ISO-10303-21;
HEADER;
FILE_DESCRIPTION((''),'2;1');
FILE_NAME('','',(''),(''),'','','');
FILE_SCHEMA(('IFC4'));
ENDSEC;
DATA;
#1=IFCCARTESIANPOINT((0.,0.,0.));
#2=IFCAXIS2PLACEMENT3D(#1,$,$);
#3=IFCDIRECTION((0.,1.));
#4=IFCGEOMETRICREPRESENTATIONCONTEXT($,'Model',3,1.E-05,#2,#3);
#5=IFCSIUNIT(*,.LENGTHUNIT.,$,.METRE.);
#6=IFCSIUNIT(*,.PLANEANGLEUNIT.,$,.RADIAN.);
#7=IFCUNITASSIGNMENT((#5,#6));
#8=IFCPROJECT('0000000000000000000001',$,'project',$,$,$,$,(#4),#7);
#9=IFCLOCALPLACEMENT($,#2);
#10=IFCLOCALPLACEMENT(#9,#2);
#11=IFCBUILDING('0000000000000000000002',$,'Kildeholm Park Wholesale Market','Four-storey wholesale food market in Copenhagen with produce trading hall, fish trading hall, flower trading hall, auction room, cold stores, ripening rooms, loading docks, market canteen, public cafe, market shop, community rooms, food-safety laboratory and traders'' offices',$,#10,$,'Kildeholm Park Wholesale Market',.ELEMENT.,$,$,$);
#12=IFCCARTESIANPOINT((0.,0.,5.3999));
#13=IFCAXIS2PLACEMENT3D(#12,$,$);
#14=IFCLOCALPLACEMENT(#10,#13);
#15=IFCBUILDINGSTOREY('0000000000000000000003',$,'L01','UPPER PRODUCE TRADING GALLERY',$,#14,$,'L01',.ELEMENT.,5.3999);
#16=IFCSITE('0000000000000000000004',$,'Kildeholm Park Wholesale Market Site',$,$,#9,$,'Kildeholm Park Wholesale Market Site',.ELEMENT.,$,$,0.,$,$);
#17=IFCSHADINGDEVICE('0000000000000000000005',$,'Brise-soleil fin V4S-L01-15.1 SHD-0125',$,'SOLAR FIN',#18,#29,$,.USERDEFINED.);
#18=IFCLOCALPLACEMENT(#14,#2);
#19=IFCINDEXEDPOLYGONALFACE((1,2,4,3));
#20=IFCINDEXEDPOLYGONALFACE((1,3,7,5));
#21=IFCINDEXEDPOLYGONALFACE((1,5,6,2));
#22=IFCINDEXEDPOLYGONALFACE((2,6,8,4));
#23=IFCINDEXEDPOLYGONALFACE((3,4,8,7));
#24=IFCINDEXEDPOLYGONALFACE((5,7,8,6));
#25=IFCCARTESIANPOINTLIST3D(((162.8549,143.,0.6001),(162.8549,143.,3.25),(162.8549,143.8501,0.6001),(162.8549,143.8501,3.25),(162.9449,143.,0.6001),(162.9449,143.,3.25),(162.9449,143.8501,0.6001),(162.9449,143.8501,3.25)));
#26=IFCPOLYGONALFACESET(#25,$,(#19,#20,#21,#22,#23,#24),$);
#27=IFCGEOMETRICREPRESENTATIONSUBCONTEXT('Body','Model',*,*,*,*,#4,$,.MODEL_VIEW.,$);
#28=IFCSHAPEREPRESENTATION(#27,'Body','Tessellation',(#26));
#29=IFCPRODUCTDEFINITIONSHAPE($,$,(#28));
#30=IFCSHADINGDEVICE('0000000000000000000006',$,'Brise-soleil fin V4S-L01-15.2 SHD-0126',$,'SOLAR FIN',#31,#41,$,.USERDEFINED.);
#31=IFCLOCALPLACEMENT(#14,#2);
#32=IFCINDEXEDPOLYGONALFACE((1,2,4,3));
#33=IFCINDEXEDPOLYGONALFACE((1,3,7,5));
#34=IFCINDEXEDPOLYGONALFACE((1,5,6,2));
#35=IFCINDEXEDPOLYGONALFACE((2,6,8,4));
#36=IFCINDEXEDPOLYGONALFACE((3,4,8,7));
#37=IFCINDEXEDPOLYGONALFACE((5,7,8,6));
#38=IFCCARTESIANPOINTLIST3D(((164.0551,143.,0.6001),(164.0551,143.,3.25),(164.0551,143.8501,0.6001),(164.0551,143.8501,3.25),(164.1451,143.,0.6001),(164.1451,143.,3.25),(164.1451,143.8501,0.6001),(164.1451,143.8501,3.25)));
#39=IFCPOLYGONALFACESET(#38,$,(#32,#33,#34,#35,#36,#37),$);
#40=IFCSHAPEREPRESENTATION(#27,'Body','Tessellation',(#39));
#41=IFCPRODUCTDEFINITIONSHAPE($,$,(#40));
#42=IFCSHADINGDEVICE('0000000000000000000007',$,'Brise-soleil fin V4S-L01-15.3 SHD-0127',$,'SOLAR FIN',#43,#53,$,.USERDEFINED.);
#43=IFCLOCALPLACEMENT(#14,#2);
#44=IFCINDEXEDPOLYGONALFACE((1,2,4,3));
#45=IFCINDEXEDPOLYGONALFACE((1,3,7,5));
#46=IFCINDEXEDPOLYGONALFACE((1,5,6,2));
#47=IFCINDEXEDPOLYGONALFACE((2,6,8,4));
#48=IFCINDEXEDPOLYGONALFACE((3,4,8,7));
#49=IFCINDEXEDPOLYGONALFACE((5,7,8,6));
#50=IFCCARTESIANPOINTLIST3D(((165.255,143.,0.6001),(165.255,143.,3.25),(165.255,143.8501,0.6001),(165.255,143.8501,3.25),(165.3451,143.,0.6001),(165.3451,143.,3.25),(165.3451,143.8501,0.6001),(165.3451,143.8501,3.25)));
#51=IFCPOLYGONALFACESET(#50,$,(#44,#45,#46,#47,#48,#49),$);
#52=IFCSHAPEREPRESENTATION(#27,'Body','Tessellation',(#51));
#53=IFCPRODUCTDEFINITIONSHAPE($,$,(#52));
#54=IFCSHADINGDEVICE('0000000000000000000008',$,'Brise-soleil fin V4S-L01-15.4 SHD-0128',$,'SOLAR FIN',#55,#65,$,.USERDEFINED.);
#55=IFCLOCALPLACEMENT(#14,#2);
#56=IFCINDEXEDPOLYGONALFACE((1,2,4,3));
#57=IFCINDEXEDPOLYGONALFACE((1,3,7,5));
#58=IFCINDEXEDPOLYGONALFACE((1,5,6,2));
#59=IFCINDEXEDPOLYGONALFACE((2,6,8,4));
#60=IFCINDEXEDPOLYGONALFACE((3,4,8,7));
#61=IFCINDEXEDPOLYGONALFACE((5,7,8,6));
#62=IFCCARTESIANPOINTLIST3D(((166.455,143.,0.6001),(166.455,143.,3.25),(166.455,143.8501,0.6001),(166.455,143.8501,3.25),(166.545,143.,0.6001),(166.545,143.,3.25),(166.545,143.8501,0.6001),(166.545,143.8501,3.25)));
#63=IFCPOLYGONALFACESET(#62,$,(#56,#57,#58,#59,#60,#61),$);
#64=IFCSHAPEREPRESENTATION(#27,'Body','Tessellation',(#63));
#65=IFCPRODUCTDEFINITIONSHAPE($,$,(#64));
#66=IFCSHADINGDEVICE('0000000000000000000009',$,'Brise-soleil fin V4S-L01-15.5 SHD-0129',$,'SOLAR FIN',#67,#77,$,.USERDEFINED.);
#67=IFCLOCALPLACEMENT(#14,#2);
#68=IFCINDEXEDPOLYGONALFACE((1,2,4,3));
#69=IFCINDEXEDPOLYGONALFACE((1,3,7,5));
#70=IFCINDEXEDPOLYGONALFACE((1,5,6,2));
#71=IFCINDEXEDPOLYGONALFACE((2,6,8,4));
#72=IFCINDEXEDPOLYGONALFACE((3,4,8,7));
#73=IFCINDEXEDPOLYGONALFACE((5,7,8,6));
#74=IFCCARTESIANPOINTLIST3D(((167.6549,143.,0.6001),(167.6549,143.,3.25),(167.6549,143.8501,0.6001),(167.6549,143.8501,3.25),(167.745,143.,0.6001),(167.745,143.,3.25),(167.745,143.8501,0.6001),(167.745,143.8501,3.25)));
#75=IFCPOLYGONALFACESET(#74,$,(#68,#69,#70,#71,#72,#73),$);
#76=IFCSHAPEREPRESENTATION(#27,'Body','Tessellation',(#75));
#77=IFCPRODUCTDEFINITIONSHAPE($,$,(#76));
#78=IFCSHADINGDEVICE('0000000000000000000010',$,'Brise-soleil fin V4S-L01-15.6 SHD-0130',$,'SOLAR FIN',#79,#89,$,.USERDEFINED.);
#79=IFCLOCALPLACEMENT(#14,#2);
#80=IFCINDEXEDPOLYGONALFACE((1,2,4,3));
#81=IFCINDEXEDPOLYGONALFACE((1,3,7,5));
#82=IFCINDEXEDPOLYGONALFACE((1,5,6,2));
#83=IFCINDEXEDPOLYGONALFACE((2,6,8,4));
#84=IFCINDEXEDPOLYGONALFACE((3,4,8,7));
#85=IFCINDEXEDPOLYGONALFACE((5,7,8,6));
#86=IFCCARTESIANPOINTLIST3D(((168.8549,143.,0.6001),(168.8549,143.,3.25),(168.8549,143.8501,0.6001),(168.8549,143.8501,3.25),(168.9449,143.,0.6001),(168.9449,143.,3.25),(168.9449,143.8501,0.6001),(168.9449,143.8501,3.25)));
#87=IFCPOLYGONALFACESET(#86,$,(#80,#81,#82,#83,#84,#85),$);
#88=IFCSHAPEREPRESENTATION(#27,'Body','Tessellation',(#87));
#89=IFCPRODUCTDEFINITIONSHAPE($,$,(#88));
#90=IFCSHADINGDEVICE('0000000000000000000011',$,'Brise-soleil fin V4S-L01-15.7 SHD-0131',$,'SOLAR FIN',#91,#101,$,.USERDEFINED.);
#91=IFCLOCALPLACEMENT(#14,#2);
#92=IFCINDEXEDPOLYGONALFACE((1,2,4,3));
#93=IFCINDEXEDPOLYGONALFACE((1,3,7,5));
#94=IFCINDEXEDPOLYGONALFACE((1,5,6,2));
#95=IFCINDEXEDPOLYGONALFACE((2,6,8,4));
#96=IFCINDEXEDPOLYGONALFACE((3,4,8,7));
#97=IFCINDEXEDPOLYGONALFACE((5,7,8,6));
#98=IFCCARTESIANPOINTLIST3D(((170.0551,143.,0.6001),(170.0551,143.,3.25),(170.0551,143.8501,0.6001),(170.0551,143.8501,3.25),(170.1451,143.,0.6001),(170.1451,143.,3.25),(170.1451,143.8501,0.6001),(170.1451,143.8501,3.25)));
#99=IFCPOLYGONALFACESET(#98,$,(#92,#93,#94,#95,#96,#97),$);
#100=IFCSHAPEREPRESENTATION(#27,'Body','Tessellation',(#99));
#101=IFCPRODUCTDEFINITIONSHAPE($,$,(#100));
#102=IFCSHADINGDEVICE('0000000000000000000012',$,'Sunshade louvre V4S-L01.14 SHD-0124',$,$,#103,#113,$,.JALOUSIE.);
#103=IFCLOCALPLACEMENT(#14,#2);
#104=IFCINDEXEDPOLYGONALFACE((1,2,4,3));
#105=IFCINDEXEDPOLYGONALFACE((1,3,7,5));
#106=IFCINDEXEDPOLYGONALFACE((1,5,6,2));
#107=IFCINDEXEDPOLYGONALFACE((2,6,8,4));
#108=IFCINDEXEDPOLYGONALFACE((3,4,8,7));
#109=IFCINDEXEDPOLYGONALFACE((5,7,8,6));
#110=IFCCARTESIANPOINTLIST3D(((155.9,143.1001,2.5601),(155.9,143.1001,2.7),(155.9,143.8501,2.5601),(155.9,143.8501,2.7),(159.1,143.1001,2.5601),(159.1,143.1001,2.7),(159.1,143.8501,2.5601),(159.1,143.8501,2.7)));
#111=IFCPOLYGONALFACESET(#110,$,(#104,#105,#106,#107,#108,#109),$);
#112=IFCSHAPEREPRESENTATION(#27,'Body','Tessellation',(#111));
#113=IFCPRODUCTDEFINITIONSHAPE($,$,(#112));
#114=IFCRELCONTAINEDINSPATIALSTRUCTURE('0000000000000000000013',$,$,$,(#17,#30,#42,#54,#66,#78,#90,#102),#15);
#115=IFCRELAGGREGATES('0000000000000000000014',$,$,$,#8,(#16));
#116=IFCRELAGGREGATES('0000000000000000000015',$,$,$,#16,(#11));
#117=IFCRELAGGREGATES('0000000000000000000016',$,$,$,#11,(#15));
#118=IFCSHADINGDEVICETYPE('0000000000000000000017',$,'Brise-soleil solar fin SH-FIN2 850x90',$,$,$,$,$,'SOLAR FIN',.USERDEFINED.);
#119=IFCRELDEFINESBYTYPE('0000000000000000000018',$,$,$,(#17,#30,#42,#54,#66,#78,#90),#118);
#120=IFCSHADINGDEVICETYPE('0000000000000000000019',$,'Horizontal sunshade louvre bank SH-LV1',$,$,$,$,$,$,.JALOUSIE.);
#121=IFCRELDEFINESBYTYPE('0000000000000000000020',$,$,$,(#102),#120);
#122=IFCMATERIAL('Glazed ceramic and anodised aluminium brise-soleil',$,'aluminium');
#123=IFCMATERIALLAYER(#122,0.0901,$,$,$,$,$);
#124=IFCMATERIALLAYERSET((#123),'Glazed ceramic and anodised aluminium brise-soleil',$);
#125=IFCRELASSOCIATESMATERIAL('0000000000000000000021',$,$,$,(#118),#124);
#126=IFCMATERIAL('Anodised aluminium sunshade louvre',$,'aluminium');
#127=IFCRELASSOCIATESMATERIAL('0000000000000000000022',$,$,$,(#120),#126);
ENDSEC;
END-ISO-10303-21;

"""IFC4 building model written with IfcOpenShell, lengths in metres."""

from ifc_helpers import new_model, si_unit, direction, frame, origin, origin_2d, place, context, subcontext, project, spatial, rectangle, extrude, material, layer, layer_set, type_object, element, save


model = new_model("IFC4")

# Units and contexts
model_context = context("Model", 3, precision=1e-05, world=origin(), true_north=direction((0.0, 1.0)))
body_context = subcontext(model_context, "Body", "Model", "MODEL_VIEW")
ifc_project = project(units=[si_unit("LENGTHUNIT", "METRE"), si_unit("PLANEANGLEUNIT", "RADIAN")], contexts=[model_context])

# Site, building, storey
site_placement = place(None, origin())
site = spatial("IfcSite", under=ifc_project, at=site_placement, Name="Kildeholm Park Wholesale Market Site", LongName="Kildeholm Park Wholesale Market Site", CompositionType="ELEMENT", RefElevation=0.0)
building_placement = place(site_placement, origin())
building = spatial("IfcBuilding", under=site, at=building_placement, Name="Kildeholm Park Wholesale Market", Description="Four-storey wholesale food market in Copenhagen with produce trading hall, fish trading hall, flower trading hall, auction room, cold stores, ripening rooms, loading docks, market canteen, public cafe, market shop, community rooms, food-safety laboratory and traders' offices", LongName="Kildeholm Park Wholesale Market", CompositionType="ELEMENT")
storey_placement = place(building_placement, frame((0.0, 0.0, 5.3999)))
storey = spatial("IfcBuildingStorey", under=building, at=storey_placement, Name="L01", Description="UPPER PRODUCE TRADING GALLERY", LongName="L01", CompositionType="ELEMENT", Elevation=5.3999)

# Shading devices
ifc_material_1 = material(Name="Glazed ceramic and anodised aluminium brise-soleil", Category="aluminium")
ifc_layer_1 = layer(ifc_material_1, 0.0901)
ifc_layer_set_1 = layer_set([ifc_layer_1], Name="Glazed ceramic and anodised aluminium brise-soleil")
shading_device_type_1 = type_object("IfcShadingDeviceType", Name="Brise-soleil solar fin SH-FIN2 850x90", ElementType="SOLAR FIN", PredefinedType="USERDEFINED", material=ifc_layer_set_1)
for number, where, z_axis, x_axis, name in (
    (1, (162.8999, 143.425, 0.6001), (0.0, 0.0, 1.0), (0.0, -1.0, 0.0), "Brise-soleil fin V4S-L01-15.1 SHD-0125"),
    (2, (164.1001, 143.425, 0.6001), (0.0, 0.0, 1.0), (0.0, -1.0, 0.0), "Brise-soleil fin V4S-L01-15.2 SHD-0126"),
    (3, (165.3, 143.425, 0.6001), (0.0, 0.0, 1.0), (0.0, -1.0, 0.0), "Brise-soleil fin V4S-L01-15.3 SHD-0127"),
    (4, (166.5, 143.425, 0.6001), (0.0, 0.0, 1.0), (0.0, -1.0, 0.0), "Brise-soleil fin V4S-L01-15.4 SHD-0128"),
    (5, (167.7, 143.425, 0.6001), (0.0, 0.0, 1.0), (0.0, -1.0, 0.0), "Brise-soleil fin V4S-L01-15.5 SHD-0129"),
    (6, (168.8999, 143.425, 0.6001), (0.0, 0.0, 1.0), (0.0, -1.0, 0.0), "Brise-soleil fin V4S-L01-15.6 SHD-0130"),
    (7, (170.1001, 143.425, 0.6001), (0.0, 0.0, 1.0), (0.0, -1.0, 0.0), "Brise-soleil fin V4S-L01-15.7 SHD-0131"),
):
    element("IfcShadingDevice", number, at=place(storey_placement, frame(where, z_axis=z_axis, x_axis=x_axis)), inside=storey, type_object=shading_device_type_1, Name=name, ObjectType="SOLAR FIN", PredefinedType="USERDEFINED", context=body_context, shape_type="SweptSolid", body=[
        extrude(rectangle(XDim=0.8501, YDim=0.0901, at=origin_2d()), origin(), (0.0, 0.0, 1.0), 2.6499),
    ])
ifc_material_2 = material(Name="Anodised aluminium sunshade louvre", Category="aluminium")
shading_device_type_2 = type_object("IfcShadingDeviceType", Name="Horizontal sunshade louvre bank SH-LV1", PredefinedType="JALOUSIE", material=ifc_material_2)
shading_device_placement = place(storey_placement, frame((157.5, 143.4751, 2.5601), z_axis=(0.0, 0.0, 1.0), x_axis=(1.0, 0.0, 0.0)))
element("IfcShadingDevice", 8, at=shading_device_placement, inside=storey, type_object=shading_device_type_2, Name="Sunshade louvre V4S-L01.14 SHD-0124", PredefinedType="JALOUSIE", context=body_context, shape_type="SweptSolid", body=[
    extrude(rectangle(XDim=3.2, YDim=0.75, at=origin_2d()), origin(), (0.0, 0.0, 1.0), 0.1399),
])

save(model, "model.ifc")
